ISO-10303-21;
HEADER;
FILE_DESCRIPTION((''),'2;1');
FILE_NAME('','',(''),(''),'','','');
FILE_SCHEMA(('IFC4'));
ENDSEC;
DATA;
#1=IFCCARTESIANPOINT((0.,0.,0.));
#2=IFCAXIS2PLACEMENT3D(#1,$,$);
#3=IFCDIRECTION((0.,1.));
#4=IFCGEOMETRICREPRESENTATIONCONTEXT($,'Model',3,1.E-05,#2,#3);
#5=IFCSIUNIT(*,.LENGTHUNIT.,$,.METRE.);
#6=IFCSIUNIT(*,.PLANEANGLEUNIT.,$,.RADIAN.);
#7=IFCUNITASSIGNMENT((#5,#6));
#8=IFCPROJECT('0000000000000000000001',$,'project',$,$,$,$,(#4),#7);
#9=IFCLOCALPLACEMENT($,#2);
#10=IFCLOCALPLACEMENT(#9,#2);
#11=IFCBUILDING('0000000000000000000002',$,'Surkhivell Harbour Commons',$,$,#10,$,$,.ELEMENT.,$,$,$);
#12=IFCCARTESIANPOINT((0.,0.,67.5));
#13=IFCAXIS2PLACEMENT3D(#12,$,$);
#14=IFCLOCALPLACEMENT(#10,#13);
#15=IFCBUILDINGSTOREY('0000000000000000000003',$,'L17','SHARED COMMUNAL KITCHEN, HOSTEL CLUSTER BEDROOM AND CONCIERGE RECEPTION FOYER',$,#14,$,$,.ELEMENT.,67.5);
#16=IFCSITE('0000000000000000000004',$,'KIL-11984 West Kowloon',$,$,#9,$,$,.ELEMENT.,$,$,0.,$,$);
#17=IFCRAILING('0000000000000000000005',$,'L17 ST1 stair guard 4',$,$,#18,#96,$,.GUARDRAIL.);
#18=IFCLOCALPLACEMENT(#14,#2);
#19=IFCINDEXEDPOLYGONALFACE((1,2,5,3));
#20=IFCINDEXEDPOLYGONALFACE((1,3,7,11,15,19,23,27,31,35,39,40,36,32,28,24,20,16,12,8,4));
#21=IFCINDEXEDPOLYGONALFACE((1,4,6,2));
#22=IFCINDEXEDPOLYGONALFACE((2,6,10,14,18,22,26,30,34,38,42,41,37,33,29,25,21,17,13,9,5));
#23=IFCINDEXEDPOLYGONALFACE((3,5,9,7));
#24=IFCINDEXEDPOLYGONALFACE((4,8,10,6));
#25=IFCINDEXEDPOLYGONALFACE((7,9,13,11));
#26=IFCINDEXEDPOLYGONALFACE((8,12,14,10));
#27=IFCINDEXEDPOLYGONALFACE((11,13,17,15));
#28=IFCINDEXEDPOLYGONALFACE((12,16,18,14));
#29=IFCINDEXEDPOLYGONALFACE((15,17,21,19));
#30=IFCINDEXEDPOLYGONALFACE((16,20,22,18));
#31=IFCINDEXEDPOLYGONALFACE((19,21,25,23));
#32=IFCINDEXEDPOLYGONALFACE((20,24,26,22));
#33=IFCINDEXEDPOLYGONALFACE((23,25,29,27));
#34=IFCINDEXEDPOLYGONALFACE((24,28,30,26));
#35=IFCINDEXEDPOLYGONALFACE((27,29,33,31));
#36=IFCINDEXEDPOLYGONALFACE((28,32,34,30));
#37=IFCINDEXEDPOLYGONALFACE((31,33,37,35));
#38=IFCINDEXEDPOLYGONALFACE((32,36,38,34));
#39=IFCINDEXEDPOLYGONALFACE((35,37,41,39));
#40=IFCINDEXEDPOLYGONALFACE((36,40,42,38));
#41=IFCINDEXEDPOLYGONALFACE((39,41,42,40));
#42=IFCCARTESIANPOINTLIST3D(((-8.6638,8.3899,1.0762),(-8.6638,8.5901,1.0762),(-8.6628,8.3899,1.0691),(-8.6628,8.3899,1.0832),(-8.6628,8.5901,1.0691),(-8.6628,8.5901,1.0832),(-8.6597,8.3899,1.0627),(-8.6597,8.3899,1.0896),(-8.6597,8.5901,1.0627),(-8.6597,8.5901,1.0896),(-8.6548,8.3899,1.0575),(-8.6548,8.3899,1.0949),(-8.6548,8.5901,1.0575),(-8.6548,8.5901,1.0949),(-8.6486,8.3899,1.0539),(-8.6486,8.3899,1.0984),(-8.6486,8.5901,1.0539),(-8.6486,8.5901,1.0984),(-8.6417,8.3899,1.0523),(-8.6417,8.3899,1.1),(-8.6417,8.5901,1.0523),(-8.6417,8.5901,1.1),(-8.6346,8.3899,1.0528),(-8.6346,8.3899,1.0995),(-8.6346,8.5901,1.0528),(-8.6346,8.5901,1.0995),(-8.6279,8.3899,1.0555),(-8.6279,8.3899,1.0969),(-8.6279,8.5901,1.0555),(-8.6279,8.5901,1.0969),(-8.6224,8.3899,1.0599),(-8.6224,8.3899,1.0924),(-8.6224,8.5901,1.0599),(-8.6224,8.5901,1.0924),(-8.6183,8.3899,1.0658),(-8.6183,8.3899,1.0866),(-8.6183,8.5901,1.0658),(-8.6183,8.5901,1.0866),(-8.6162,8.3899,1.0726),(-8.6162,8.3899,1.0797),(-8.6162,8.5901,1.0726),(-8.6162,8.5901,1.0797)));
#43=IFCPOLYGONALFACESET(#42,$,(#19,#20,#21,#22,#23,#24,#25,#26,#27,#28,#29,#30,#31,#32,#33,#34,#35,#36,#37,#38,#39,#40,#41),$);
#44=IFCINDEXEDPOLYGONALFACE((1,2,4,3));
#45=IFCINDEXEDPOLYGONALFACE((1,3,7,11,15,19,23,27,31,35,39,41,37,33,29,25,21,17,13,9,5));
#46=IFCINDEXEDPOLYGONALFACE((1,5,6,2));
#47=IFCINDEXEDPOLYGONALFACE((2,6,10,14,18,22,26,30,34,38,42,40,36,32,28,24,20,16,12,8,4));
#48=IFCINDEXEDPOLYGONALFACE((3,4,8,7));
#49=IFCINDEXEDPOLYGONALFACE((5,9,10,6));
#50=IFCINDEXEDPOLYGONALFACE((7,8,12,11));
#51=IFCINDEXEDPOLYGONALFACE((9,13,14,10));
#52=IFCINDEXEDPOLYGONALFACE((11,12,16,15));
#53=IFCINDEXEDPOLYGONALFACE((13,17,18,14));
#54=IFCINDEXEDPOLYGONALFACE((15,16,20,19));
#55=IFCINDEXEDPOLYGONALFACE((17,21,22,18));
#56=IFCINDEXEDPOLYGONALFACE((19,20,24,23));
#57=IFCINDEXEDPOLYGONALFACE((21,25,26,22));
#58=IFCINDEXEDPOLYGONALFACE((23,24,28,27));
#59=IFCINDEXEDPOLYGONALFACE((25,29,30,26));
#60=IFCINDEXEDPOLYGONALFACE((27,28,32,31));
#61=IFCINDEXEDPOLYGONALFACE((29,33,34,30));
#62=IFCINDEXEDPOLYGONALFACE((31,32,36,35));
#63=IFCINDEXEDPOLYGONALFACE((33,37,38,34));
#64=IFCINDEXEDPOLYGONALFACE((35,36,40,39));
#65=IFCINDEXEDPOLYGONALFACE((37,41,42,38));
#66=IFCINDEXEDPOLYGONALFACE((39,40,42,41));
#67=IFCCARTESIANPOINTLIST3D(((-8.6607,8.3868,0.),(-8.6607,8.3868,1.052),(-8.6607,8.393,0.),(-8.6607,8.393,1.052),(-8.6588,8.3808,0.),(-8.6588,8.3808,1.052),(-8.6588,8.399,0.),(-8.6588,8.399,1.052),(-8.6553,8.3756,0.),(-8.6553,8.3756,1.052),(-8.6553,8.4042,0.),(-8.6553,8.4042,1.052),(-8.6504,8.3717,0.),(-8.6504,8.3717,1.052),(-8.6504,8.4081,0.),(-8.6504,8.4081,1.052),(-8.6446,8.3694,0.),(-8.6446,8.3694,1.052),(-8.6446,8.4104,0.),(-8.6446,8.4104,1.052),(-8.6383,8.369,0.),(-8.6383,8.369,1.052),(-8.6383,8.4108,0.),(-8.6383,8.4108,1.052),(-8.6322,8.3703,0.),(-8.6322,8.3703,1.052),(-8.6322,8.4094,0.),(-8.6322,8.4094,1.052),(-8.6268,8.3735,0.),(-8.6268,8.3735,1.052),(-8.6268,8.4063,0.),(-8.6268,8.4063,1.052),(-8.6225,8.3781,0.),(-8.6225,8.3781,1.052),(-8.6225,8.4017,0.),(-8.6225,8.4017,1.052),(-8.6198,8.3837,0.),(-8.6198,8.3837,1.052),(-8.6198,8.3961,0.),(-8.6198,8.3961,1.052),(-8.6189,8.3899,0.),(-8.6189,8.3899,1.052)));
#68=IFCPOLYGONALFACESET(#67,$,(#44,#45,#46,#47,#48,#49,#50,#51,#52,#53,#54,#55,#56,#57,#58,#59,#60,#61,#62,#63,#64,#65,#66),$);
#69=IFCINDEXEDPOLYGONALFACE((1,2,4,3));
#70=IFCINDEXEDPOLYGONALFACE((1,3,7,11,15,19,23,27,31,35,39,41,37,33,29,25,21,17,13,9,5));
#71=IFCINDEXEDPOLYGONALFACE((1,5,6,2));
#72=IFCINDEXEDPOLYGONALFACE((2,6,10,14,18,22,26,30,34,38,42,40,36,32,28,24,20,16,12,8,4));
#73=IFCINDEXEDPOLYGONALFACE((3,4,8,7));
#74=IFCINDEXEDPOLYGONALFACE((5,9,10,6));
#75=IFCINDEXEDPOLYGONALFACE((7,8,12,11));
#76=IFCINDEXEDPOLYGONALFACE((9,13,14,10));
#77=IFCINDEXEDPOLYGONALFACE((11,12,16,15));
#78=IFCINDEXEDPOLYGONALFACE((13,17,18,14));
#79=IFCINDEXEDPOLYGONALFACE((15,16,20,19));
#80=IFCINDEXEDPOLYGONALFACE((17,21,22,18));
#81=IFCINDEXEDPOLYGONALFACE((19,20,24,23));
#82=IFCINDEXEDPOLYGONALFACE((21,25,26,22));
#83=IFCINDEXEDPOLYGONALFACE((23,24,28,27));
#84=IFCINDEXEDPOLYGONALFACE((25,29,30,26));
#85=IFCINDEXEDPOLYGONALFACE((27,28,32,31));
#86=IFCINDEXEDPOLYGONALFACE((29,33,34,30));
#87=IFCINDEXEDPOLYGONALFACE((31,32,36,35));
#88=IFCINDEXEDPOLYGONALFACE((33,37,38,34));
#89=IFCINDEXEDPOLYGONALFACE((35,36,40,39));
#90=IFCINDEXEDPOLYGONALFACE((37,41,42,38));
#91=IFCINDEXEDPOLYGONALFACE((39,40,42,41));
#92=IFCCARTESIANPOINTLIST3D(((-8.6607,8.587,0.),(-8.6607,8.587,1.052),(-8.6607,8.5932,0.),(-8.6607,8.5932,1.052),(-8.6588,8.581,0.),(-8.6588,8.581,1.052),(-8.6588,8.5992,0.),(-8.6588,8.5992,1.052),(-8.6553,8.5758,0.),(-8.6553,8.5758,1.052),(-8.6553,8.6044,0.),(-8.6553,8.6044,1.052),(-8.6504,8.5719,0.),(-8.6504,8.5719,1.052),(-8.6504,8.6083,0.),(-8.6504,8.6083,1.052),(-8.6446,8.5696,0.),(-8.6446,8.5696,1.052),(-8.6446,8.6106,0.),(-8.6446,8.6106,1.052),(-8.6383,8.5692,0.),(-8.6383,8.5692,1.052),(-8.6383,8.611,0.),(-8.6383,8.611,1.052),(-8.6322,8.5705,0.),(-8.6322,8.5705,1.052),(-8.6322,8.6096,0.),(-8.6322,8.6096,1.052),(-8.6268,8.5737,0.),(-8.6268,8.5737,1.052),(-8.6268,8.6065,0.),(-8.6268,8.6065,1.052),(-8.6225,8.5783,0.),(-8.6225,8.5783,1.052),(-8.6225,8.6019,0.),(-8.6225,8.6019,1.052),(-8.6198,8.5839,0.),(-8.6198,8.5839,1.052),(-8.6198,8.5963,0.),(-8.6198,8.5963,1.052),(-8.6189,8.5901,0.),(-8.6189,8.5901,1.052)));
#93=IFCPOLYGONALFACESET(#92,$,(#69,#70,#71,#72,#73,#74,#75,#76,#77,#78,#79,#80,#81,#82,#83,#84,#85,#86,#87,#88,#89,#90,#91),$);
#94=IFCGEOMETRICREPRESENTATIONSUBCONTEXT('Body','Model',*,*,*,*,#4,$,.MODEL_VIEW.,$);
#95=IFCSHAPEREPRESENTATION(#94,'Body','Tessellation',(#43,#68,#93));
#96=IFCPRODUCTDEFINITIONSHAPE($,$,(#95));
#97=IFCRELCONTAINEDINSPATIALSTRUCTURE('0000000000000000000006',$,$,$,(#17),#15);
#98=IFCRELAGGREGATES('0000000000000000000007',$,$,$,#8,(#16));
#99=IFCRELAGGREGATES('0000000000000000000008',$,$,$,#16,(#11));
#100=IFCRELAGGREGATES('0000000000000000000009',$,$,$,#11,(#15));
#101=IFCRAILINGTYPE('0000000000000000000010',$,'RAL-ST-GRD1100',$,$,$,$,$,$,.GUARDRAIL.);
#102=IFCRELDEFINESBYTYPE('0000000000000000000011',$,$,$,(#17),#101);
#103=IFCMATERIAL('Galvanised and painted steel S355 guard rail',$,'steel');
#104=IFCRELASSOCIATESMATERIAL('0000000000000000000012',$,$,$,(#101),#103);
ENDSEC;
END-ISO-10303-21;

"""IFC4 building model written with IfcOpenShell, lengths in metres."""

from ifc_helpers import new_model, si_unit, direction, frame, origin, origin_2d, place, context, subcontext, project, spatial, circle, extrude, material, type_object, element, save


model = new_model("IFC4")

# Units and contexts
model_context = context("Model", 3, precision=1e-05, world=origin(), true_north=direction((0.0, 1.0)))
body_context = subcontext(model_context, "Body", "Model", "MODEL_VIEW")
ifc_project = project(units=[si_unit("LENGTHUNIT", "METRE"), si_unit("PLANEANGLEUNIT", "RADIAN")], contexts=[model_context])

# Site, building, storey
site_placement = place(None, origin())
site = spatial("IfcSite", under=ifc_project, at=site_placement, Name="KIL-11984 West Kowloon", CompositionType="ELEMENT", RefElevation=0.0)
building_placement = place(site_placement, origin())
building = spatial("IfcBuilding", under=site, at=building_placement, Name="Surkhivell Harbour Commons", CompositionType="ELEMENT")
storey_placement = place(building_placement, frame((0.0, 0.0, 67.5)))
storey = spatial("IfcBuildingStorey", under=building, at=storey_placement, Name="L17", Description="SHARED COMMUNAL KITCHEN, HOSTEL CLUSTER BEDROOM AND CONCIERGE RECEPTION FOYER", CompositionType="ELEMENT", Elevation=67.5)

# Railing
ifc_material_1 = material(Name="Galvanised and painted steel S355 guard rail", Category="steel")
railing_type_1 = type_object("IfcRailingType", Name="RAL-ST-GRD1100", PredefinedType="GUARDRAIL", material=ifc_material_1)
railing_1_placement = place(storey_placement, frame((-8.6399, 8.3899, 0.0)))
element("IfcRailing", 1, at=railing_1_placement, inside=storey, type_object=railing_type_1, Name="L17 ST1 stair guard 4", PredefinedType="GUARDRAIL", context=body_context, shape_type="SweptSolid", body=[
    extrude(circle(Radius=0.0239, at=origin_2d()), frame((0.0, 0.0, 1.0762), z_axis=(0.0, 1.0, 0.0), x_axis=(-1.0, 0.0, 0.0)), (0.0, 0.0, 1.0), 0.2002),
    extrude(circle(Radius=0.021, at=origin_2d()), origin(), (0.0, 0.0, 1.0), 1.052),
    extrude(circle(Radius=0.021, at=origin_2d()), frame((0.0, 0.2002, 0.0)), (0.0, 0.0, 1.0), 1.052),
])

save(model, "model.ifc")
